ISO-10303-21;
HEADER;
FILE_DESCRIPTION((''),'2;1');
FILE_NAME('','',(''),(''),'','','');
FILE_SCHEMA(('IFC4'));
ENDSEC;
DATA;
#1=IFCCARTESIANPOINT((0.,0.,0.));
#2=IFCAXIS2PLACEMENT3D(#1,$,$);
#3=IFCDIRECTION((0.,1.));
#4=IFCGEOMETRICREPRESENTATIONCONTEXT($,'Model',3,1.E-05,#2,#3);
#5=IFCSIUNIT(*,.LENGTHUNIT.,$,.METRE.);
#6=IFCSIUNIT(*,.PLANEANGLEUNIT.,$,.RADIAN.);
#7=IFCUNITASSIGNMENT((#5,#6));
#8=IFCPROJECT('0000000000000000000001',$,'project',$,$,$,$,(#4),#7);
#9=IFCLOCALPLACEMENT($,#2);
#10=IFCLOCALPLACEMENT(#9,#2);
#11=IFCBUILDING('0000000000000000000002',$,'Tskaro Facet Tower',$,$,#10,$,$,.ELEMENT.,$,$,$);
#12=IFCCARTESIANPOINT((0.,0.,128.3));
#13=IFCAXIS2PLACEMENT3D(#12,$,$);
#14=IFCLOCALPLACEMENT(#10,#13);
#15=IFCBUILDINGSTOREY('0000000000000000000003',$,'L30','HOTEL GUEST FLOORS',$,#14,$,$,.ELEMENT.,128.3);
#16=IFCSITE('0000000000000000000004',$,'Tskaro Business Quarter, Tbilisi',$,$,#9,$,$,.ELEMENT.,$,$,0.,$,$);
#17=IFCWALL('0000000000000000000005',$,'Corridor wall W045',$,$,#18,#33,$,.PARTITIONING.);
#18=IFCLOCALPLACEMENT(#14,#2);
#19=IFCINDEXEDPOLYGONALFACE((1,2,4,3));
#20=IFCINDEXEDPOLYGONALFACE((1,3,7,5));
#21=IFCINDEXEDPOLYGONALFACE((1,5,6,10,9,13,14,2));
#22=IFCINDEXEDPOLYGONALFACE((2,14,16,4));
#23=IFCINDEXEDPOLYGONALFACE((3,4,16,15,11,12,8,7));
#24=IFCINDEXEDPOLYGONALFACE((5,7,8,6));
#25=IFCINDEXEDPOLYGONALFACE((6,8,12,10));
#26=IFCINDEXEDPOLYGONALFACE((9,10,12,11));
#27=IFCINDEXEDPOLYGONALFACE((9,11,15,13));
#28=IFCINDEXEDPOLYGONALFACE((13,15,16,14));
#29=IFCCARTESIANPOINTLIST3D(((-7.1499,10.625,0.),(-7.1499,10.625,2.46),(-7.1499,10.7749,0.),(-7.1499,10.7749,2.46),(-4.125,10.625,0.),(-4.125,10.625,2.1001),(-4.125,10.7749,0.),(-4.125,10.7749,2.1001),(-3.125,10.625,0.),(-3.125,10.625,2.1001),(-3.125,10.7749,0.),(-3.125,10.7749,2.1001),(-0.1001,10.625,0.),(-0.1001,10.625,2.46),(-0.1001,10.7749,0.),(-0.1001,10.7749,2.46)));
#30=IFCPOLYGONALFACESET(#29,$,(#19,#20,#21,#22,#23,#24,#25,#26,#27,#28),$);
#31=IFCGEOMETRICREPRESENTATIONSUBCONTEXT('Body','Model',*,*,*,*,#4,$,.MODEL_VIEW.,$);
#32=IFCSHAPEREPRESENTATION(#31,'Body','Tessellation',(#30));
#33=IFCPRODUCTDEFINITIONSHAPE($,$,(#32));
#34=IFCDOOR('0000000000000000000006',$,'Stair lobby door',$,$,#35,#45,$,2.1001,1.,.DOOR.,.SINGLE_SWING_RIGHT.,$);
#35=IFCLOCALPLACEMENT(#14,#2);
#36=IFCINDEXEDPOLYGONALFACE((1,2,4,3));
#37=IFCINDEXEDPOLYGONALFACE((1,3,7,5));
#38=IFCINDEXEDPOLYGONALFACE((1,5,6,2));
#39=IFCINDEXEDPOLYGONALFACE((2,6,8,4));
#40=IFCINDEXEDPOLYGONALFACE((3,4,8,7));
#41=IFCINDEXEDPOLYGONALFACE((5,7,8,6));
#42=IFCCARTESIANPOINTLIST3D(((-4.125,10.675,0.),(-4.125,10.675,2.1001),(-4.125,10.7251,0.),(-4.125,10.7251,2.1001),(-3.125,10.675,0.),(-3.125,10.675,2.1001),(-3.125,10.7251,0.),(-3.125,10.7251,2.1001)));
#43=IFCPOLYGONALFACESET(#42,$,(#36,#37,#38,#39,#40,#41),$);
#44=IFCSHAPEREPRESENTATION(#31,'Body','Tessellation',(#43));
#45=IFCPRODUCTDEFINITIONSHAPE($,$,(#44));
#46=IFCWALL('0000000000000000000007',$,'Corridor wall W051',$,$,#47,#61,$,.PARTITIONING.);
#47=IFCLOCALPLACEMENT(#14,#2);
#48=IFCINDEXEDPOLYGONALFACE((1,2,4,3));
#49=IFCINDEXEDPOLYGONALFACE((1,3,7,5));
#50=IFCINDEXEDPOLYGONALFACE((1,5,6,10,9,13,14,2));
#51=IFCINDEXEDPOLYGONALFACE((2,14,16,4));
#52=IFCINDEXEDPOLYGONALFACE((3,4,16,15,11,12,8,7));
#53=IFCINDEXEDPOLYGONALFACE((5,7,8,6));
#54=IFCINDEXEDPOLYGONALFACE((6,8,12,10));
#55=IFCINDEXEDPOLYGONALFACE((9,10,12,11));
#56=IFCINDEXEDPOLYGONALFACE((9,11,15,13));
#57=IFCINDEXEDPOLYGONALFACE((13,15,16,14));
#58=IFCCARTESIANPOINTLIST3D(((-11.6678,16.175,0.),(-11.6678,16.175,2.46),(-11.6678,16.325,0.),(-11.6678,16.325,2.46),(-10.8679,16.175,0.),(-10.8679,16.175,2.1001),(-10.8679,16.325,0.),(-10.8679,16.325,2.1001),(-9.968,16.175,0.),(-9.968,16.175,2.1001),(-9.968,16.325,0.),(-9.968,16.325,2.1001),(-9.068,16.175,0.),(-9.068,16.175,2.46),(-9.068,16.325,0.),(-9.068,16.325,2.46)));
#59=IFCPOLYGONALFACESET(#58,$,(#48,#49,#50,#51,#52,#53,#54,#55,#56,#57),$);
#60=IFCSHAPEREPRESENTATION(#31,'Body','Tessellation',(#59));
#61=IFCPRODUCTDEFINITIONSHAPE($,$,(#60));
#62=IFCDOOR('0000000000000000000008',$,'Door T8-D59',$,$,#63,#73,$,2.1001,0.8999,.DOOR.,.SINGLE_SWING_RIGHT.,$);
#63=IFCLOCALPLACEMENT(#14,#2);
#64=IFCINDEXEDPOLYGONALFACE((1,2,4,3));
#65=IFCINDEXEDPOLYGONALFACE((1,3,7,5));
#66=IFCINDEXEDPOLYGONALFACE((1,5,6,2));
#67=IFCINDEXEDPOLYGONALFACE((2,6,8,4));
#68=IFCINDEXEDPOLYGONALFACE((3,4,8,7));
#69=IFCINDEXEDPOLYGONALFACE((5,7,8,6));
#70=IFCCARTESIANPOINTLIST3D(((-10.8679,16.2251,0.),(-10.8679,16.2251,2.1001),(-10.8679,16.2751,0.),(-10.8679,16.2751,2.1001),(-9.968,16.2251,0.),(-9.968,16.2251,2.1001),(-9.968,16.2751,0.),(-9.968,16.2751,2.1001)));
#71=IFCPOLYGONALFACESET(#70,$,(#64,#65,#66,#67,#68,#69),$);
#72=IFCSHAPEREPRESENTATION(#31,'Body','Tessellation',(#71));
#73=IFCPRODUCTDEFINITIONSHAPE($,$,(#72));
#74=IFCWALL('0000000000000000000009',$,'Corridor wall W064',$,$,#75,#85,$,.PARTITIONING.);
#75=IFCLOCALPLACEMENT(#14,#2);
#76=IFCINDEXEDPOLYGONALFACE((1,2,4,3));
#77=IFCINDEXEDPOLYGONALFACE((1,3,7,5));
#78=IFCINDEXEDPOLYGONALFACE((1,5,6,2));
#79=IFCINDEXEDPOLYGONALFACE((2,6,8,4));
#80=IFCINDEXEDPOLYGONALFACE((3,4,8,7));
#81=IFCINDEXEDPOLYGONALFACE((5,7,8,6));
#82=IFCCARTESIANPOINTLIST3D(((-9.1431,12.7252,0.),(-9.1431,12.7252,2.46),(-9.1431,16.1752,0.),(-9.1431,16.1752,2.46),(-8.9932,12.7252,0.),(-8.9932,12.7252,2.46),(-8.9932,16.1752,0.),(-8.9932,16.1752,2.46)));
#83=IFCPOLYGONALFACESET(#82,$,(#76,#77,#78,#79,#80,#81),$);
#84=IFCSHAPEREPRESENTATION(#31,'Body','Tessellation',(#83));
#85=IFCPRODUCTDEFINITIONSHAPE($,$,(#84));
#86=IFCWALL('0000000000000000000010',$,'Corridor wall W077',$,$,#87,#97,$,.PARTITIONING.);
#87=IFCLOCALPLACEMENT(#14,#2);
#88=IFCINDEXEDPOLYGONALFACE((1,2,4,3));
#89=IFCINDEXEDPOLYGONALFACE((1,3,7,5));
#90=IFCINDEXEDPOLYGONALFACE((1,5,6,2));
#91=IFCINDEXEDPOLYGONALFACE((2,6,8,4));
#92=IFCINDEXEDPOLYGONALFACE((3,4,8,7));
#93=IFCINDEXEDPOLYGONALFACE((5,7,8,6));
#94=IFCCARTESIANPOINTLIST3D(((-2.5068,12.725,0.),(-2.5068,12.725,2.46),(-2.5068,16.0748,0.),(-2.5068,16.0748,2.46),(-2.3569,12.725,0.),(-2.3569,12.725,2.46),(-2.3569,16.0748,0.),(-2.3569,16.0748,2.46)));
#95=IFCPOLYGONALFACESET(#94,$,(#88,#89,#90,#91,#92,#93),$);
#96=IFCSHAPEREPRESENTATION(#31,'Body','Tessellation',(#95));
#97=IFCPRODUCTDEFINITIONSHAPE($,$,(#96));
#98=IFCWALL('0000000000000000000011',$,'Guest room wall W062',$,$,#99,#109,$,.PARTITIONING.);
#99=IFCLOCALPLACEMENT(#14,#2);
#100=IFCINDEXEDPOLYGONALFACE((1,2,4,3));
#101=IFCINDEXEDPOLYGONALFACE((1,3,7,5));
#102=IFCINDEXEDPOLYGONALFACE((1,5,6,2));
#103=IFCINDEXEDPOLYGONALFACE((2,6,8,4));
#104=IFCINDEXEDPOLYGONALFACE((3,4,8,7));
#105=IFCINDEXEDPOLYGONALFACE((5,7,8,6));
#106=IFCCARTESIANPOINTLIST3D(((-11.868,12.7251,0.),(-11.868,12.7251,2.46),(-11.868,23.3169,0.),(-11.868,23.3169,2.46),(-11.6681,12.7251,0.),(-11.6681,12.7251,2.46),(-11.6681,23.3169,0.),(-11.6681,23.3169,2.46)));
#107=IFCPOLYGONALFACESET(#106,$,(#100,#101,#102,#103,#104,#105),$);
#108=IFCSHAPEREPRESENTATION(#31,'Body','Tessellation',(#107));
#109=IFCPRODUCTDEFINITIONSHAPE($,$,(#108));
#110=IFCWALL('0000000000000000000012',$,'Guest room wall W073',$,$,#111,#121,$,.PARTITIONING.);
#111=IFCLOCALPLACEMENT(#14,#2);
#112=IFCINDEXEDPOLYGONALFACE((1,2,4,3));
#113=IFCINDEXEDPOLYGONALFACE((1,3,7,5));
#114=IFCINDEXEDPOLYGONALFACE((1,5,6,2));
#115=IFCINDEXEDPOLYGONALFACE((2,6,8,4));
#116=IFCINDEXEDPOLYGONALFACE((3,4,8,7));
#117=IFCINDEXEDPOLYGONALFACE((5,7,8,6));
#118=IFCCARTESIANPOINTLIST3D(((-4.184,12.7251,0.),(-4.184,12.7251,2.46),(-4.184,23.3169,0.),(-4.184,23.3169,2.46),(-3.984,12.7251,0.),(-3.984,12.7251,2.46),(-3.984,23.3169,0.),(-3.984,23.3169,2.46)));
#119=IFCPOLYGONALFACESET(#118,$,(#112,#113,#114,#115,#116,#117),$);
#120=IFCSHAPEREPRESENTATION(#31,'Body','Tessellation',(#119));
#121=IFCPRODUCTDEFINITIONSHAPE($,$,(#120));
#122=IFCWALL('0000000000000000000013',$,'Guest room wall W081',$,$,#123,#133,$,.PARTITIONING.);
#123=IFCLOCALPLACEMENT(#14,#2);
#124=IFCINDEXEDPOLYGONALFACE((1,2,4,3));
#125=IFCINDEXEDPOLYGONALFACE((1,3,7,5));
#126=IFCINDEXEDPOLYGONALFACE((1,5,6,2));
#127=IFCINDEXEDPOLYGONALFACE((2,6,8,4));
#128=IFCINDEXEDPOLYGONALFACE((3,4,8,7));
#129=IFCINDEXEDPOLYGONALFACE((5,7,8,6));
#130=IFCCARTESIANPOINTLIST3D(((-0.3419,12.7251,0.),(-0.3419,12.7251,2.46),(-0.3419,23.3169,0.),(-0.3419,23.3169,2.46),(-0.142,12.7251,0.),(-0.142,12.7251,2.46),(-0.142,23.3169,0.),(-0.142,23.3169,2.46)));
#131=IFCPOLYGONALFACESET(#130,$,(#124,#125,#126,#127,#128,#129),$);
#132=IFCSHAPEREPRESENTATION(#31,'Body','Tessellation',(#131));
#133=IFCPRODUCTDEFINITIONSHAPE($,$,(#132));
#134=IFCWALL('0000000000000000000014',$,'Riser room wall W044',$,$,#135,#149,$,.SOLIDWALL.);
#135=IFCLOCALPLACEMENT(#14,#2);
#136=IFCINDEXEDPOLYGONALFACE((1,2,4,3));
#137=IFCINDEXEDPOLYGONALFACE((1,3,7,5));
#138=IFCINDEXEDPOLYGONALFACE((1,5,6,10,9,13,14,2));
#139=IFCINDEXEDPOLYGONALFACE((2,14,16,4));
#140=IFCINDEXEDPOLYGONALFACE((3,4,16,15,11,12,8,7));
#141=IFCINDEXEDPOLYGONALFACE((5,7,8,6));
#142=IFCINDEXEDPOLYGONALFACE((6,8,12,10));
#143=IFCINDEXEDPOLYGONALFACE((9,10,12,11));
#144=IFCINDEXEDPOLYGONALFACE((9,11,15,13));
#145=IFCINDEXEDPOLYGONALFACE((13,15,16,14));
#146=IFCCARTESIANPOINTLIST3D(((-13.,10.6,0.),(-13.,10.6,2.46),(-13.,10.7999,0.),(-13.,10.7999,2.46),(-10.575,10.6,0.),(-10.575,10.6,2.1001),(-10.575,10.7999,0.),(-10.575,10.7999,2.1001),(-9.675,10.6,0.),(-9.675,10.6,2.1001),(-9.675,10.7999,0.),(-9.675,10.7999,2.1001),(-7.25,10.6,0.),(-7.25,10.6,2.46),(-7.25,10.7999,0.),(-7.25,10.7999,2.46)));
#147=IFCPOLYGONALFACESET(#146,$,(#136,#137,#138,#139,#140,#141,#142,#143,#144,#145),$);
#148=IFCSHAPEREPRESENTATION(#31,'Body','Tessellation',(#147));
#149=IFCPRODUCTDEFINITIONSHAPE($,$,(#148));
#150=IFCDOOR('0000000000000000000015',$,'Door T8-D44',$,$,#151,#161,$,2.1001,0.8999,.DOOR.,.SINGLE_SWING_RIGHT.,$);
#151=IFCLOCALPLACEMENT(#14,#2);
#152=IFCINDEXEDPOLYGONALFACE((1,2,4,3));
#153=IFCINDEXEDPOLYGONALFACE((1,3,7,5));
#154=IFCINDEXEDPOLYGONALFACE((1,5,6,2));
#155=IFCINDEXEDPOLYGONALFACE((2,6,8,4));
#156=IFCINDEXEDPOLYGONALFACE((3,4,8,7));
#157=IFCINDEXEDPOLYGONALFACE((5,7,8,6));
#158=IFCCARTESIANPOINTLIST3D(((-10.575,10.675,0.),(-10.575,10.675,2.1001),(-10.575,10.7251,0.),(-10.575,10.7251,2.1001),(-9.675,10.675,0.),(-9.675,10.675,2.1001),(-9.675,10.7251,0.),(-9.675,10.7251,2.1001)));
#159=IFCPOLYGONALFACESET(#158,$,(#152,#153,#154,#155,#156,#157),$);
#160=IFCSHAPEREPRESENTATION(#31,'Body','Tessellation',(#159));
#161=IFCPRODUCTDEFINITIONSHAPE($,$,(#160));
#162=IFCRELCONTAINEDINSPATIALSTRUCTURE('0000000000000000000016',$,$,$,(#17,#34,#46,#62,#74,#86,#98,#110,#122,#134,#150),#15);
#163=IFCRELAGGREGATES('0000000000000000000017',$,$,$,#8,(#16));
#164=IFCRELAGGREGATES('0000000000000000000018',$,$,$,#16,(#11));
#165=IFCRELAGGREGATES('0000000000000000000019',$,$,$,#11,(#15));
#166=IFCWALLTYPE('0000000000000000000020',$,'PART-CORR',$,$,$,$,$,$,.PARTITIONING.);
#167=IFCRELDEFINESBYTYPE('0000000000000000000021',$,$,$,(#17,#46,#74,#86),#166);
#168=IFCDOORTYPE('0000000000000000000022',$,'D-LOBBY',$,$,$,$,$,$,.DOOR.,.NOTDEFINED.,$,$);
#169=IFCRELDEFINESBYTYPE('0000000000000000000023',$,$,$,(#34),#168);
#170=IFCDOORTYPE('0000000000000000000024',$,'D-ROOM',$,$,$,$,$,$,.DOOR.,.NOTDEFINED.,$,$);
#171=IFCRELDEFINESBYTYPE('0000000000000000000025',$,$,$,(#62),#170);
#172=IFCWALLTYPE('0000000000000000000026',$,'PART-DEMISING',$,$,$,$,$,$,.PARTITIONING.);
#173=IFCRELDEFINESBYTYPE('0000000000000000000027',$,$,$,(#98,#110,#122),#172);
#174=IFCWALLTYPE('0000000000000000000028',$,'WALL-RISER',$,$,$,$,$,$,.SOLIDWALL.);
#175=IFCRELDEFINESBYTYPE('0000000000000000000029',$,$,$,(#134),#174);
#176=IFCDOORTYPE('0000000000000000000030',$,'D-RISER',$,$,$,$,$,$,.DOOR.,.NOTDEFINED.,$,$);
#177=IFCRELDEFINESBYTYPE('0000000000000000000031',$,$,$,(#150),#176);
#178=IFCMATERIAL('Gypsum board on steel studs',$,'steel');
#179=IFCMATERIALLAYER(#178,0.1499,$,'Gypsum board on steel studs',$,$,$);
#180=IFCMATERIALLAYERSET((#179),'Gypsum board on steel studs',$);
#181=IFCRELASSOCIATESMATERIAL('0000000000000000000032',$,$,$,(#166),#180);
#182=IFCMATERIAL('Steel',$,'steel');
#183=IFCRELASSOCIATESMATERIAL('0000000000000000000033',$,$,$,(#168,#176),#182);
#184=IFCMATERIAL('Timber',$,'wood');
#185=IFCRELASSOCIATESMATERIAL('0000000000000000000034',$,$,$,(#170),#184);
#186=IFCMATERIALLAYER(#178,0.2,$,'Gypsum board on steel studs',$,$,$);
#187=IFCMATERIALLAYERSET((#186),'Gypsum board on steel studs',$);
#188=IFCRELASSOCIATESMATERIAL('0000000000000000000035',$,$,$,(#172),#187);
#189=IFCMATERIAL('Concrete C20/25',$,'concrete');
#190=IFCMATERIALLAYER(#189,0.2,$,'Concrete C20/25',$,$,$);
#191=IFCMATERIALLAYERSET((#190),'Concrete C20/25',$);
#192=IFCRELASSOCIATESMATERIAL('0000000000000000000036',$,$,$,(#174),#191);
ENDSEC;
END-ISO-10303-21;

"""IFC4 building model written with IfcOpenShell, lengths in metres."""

from ifc_helpers import new_model, si_unit, direction, frame, frame_2d, origin, place, context, subcontext, project, spatial, rectangle, extrude, material, layer, layer_set, type_object, element, fill, save


model = new_model("IFC4")

# Units and contexts
model_context = context("Model", 3, precision=1e-05, world=origin(), true_north=direction((0.0, 1.0)))
body_context = subcontext(model_context, "Body", "Model", "MODEL_VIEW")
ifc_project = project(units=[si_unit("LENGTHUNIT", "METRE"), si_unit("PLANEANGLEUNIT", "RADIAN")], contexts=[model_context])

# Site, building, storey
site_placement = place(None, origin())
site = spatial("IfcSite", under=ifc_project, at=site_placement, Name="Tskaro Business Quarter, Tbilisi", CompositionType="ELEMENT", RefElevation=0.0)
building_placement = place(site_placement, origin())
building = spatial("IfcBuilding", under=site, at=building_placement, Name="Tskaro Facet Tower", CompositionType="ELEMENT")
storey_placement = place(building_placement, frame((0.0, 0.0, 128.3)))
storey = spatial("IfcBuildingStorey", under=building, at=storey_placement, Name="L30", Description="HOTEL GUEST FLOORS", CompositionType="ELEMENT", Elevation=128.3)

# Walls, openings, doors
ifc_material_1 = material(Name="Gypsum board on steel studs", Category="steel")
ifc_layer_1 = layer(ifc_material_1, 0.1499, Name="Gypsum board on steel studs")
ifc_layer_set_1 = layer_set([ifc_layer_1], Name="Gypsum board on steel studs")
wall_type_1 = type_object("IfcWallType", Name="PART-CORR", PredefinedType="PARTITIONING", material=ifc_layer_set_1)
wall_1_placement = place(storey_placement, frame((-0.1001, 10.7, 0.0), z_axis=(0.0, 0.0, 1.0), x_axis=(-1.0, 0.0, 0.0)))
wall_1 = element("IfcWall", 1, at=wall_1_placement, inside=storey, type_object=wall_type_1, Name="Corridor wall W045", PredefinedType="PARTITIONING", context=body_context, shape_type="SweptSolid", body=[
    extrude(rectangle(XDim=7.0498, YDim=0.1499, at=frame_2d((3.5249, 0.0))), origin(), (0.0, 0.0, 1.0), 2.46),
])
opening_1_placement = place(wall_1_placement, frame((3.0249, 0.0, 0.0)))
opening_1 = element("IfcOpeningElement", 2, at=opening_1_placement, cuts=wall_1, PredefinedType="OPENING", context=body_context, shape_type="SweptSolid", body=[
    extrude(rectangle(XDim=1.0, YDim=2.1001, at=frame_2d((0.5, 1.05))), frame((0.0, 0.085, 0.0), z_axis=(0.0, -1.0, 0.0), x_axis=(1.0, 0.0, 0.0)), (0.0, 0.0, 1.0), 0.1699),
])
ifc_material_2 = material(Name="Steel", Category="steel")
door_type_1 = type_object("IfcDoorType", Name="D-LOBBY", OperationType="NOTDEFINED", PredefinedType="DOOR", material=ifc_material_2)
door_1_placement = place(opening_1_placement, origin())
door_1 = element("IfcDoor", 3, at=door_1_placement, inside=storey, type_object=door_type_1, Name="Stair lobby door", OperationType="SINGLE_SWING_RIGHT", OverallHeight=2.1001, OverallWidth=1.0, PredefinedType="DOOR", context=body_context, shape_type="SweptSolid", body=[
    extrude(rectangle(XDim=1.0, YDim=2.1001, at=frame_2d((0.5, 1.05))), frame((0.0, 0.0249, 0.0), z_axis=(0.0, -1.0, 0.0), x_axis=(1.0, 0.0, 0.0)), (0.0, 0.0, 1.0), 0.05),
])
fill(opening_1, door_1)
wall_2_placement = place(storey_placement, frame((-9.0681, 16.25, 0.0), z_axis=(0.0, 0.0, 1.0), x_axis=(-1.0, 0.0, 0.0)))
wall_2 = element("IfcWall", 4, at=wall_2_placement, inside=storey, type_object=wall_type_1, Name="Corridor wall W051", PredefinedType="PARTITIONING", context=body_context, shape_type="SweptSolid", body=[
    extrude(rectangle(XDim=2.5999, YDim=0.1499, at=frame_2d((1.2998, 0.0))), origin(), (0.0, 0.0, 1.0), 2.46),
])
opening_2_placement = place(wall_2_placement, frame((0.8999, 0.0, 0.0)))
opening_2 = element("IfcOpeningElement", 5, at=opening_2_placement, cuts=wall_2, PredefinedType="OPENING", context=body_context, shape_type="SweptSolid", body=[
    extrude(rectangle(XDim=0.8999, YDim=2.1001, at=frame_2d((0.45, 1.05))), frame((0.0, 0.085, 0.0), z_axis=(0.0, -1.0, 0.0), x_axis=(1.0, 0.0, 0.0)), (0.0, 0.0, 1.0), 0.1699),
])
ifc_material_3 = material(Name="Timber", Category="wood")
door_type_2 = type_object("IfcDoorType", Name="D-ROOM", OperationType="NOTDEFINED", PredefinedType="DOOR", material=ifc_material_3)
door_2_placement = place(opening_2_placement, origin())
door_2 = element("IfcDoor", 6, at=door_2_placement, inside=storey, type_object=door_type_2, Name="Door T8-D59", OperationType="SINGLE_SWING_RIGHT", OverallHeight=2.1001, OverallWidth=0.8999, PredefinedType="DOOR", context=body_context, shape_type="SweptSolid", body=[
    extrude(rectangle(XDim=0.8999, YDim=2.1001, at=frame_2d((0.45, 1.05))), frame((0.0, 0.0249, 0.0), z_axis=(0.0, -1.0, 0.0), x_axis=(1.0, 0.0, 0.0)), (0.0, 0.0, 1.0), 0.05),
])
fill(opening_2, door_2)

# Walls
wall_3_placement = place(storey_placement, frame((-9.0681, 12.7251, 0.0), z_axis=(0.0, 0.0, 1.0), x_axis=(0.0, 1.0, 0.0)))
element("IfcWall", 7, at=wall_3_placement, inside=storey, type_object=wall_type_1, Name="Corridor wall W064", PredefinedType="PARTITIONING", context=body_context, shape_type="SweptSolid", body=[
    extrude(rectangle(XDim=3.45, YDim=0.1499, at=frame_2d((1.7251, 0.0))), origin(), (0.0, 0.0, 1.0), 2.46),
])
wall_4_placement = place(storey_placement, frame((-2.4319, 12.7251, 0.0), z_axis=(0.0, 0.0, 1.0), x_axis=(0.0, 1.0, 0.0)))
element("IfcWall", 8, at=wall_4_placement, inside=storey, type_object=wall_type_1, Name="Corridor wall W077", PredefinedType="PARTITIONING", context=body_context, shape_type="SweptSolid", body=[
    extrude(rectangle(XDim=3.3499, YDim=0.1499, at=frame_2d((1.6748, 0.0))), origin(), (0.0, 0.0, 1.0), 2.46),
])
ifc_layer_2 = layer(ifc_material_1, 0.2, Name="Gypsum board on steel studs")
ifc_layer_set_2 = layer_set([ifc_layer_2], Name="Gypsum board on steel studs")
wall_type_2 = type_object("IfcWallType", Name="PART-DEMISING", PredefinedType="PARTITIONING", material=ifc_layer_set_2)
for number, where, z_axis, x_axis, name in (
    (9, (-11.7681, 12.7251, 0.0), (0.0, 0.0, 1.0), (0.0, 1.0, 0.0), "Guest room wall W062"),
    (10, (-4.084, 12.7251, 0.0), (0.0, 0.0, 1.0), (0.0, 1.0, 0.0), "Guest room wall W073"),
    (11, (-0.2419, 12.7251, 0.0), (0.0, 0.0, 1.0), (0.0, 1.0, 0.0), "Guest room wall W081"),
):
    element("IfcWall", number, at=place(storey_placement, frame(where, z_axis=z_axis, x_axis=x_axis)), inside=storey, type_object=wall_type_2, Name=name, PredefinedType="PARTITIONING", context=body_context, shape_type="SweptSolid", body=[
        extrude(rectangle(XDim=10.5918, YDim=0.2, at=frame_2d((5.2959, 0.0))), origin(), (0.0, 0.0, 1.0), 2.46),
    ])

# Wall, opening, door
ifc_material_4 = material(Name="Concrete C20/25", Category="concrete")
ifc_layer_3 = layer(ifc_material_4, 0.2, Name="Concrete C20/25")
ifc_layer_set_3 = layer_set([ifc_layer_3], Name="Concrete C20/25")
wall_type_3 = type_object("IfcWallType", Name="WALL-RISER", PredefinedType="SOLIDWALL", material=ifc_layer_set_3)
wall_5_placement = place(storey_placement, frame((-7.25, 10.7, 0.0), z_axis=(0.0, 0.0, 1.0), x_axis=(-1.0, 0.0, 0.0)))
wall_5 = element("IfcWall", 12, at=wall_5_placement, inside=storey, type_object=wall_type_3, Name="Riser room wall W044", PredefinedType="SOLIDWALL", context=body_context, shape_type="SweptSolid", body=[
    extrude(rectangle(XDim=5.75, YDim=0.2, at=frame_2d((2.875, 0.0))), origin(), (0.0, 0.0, 1.0), 2.46),
])
opening_3_placement = place(wall_5_placement, frame((2.425, 0.0, 0.0)))
opening_3 = element("IfcOpeningElement", 13, at=opening_3_placement, cuts=wall_5, PredefinedType="OPENING", context=body_context, shape_type="SweptSolid", body=[
    extrude(rectangle(XDim=0.8999, YDim=2.1001, at=frame_2d((0.45, 1.05))), frame((0.0, 0.1099, 0.0), z_axis=(0.0, -1.0, 0.0), x_axis=(1.0, 0.0, 0.0)), (0.0, 0.0, 1.0), 0.22),
])
door_type_3 = type_object("IfcDoorType", Name="D-RISER", OperationType="NOTDEFINED", PredefinedType="DOOR", material=ifc_material_2)
door_3_placement = place(opening_3_placement, origin())
door_3 = element("IfcDoor", 14, at=door_3_placement, inside=storey, type_object=door_type_3, Name="Door T8-D44", OperationType="SINGLE_SWING_RIGHT", OverallHeight=2.1001, OverallWidth=0.8999, PredefinedType="DOOR", context=body_context, shape_type="SweptSolid", body=[
    extrude(rectangle(XDim=0.8999, YDim=2.1001, at=frame_2d((0.45, 1.05))), frame((0.0, 0.0249, 0.0), z_axis=(0.0, -1.0, 0.0), x_axis=(1.0, 0.0, 0.0)), (0.0, 0.0, 1.0), 0.05),
])
fill(opening_3, door_3)

save(model, "model.ifc")
